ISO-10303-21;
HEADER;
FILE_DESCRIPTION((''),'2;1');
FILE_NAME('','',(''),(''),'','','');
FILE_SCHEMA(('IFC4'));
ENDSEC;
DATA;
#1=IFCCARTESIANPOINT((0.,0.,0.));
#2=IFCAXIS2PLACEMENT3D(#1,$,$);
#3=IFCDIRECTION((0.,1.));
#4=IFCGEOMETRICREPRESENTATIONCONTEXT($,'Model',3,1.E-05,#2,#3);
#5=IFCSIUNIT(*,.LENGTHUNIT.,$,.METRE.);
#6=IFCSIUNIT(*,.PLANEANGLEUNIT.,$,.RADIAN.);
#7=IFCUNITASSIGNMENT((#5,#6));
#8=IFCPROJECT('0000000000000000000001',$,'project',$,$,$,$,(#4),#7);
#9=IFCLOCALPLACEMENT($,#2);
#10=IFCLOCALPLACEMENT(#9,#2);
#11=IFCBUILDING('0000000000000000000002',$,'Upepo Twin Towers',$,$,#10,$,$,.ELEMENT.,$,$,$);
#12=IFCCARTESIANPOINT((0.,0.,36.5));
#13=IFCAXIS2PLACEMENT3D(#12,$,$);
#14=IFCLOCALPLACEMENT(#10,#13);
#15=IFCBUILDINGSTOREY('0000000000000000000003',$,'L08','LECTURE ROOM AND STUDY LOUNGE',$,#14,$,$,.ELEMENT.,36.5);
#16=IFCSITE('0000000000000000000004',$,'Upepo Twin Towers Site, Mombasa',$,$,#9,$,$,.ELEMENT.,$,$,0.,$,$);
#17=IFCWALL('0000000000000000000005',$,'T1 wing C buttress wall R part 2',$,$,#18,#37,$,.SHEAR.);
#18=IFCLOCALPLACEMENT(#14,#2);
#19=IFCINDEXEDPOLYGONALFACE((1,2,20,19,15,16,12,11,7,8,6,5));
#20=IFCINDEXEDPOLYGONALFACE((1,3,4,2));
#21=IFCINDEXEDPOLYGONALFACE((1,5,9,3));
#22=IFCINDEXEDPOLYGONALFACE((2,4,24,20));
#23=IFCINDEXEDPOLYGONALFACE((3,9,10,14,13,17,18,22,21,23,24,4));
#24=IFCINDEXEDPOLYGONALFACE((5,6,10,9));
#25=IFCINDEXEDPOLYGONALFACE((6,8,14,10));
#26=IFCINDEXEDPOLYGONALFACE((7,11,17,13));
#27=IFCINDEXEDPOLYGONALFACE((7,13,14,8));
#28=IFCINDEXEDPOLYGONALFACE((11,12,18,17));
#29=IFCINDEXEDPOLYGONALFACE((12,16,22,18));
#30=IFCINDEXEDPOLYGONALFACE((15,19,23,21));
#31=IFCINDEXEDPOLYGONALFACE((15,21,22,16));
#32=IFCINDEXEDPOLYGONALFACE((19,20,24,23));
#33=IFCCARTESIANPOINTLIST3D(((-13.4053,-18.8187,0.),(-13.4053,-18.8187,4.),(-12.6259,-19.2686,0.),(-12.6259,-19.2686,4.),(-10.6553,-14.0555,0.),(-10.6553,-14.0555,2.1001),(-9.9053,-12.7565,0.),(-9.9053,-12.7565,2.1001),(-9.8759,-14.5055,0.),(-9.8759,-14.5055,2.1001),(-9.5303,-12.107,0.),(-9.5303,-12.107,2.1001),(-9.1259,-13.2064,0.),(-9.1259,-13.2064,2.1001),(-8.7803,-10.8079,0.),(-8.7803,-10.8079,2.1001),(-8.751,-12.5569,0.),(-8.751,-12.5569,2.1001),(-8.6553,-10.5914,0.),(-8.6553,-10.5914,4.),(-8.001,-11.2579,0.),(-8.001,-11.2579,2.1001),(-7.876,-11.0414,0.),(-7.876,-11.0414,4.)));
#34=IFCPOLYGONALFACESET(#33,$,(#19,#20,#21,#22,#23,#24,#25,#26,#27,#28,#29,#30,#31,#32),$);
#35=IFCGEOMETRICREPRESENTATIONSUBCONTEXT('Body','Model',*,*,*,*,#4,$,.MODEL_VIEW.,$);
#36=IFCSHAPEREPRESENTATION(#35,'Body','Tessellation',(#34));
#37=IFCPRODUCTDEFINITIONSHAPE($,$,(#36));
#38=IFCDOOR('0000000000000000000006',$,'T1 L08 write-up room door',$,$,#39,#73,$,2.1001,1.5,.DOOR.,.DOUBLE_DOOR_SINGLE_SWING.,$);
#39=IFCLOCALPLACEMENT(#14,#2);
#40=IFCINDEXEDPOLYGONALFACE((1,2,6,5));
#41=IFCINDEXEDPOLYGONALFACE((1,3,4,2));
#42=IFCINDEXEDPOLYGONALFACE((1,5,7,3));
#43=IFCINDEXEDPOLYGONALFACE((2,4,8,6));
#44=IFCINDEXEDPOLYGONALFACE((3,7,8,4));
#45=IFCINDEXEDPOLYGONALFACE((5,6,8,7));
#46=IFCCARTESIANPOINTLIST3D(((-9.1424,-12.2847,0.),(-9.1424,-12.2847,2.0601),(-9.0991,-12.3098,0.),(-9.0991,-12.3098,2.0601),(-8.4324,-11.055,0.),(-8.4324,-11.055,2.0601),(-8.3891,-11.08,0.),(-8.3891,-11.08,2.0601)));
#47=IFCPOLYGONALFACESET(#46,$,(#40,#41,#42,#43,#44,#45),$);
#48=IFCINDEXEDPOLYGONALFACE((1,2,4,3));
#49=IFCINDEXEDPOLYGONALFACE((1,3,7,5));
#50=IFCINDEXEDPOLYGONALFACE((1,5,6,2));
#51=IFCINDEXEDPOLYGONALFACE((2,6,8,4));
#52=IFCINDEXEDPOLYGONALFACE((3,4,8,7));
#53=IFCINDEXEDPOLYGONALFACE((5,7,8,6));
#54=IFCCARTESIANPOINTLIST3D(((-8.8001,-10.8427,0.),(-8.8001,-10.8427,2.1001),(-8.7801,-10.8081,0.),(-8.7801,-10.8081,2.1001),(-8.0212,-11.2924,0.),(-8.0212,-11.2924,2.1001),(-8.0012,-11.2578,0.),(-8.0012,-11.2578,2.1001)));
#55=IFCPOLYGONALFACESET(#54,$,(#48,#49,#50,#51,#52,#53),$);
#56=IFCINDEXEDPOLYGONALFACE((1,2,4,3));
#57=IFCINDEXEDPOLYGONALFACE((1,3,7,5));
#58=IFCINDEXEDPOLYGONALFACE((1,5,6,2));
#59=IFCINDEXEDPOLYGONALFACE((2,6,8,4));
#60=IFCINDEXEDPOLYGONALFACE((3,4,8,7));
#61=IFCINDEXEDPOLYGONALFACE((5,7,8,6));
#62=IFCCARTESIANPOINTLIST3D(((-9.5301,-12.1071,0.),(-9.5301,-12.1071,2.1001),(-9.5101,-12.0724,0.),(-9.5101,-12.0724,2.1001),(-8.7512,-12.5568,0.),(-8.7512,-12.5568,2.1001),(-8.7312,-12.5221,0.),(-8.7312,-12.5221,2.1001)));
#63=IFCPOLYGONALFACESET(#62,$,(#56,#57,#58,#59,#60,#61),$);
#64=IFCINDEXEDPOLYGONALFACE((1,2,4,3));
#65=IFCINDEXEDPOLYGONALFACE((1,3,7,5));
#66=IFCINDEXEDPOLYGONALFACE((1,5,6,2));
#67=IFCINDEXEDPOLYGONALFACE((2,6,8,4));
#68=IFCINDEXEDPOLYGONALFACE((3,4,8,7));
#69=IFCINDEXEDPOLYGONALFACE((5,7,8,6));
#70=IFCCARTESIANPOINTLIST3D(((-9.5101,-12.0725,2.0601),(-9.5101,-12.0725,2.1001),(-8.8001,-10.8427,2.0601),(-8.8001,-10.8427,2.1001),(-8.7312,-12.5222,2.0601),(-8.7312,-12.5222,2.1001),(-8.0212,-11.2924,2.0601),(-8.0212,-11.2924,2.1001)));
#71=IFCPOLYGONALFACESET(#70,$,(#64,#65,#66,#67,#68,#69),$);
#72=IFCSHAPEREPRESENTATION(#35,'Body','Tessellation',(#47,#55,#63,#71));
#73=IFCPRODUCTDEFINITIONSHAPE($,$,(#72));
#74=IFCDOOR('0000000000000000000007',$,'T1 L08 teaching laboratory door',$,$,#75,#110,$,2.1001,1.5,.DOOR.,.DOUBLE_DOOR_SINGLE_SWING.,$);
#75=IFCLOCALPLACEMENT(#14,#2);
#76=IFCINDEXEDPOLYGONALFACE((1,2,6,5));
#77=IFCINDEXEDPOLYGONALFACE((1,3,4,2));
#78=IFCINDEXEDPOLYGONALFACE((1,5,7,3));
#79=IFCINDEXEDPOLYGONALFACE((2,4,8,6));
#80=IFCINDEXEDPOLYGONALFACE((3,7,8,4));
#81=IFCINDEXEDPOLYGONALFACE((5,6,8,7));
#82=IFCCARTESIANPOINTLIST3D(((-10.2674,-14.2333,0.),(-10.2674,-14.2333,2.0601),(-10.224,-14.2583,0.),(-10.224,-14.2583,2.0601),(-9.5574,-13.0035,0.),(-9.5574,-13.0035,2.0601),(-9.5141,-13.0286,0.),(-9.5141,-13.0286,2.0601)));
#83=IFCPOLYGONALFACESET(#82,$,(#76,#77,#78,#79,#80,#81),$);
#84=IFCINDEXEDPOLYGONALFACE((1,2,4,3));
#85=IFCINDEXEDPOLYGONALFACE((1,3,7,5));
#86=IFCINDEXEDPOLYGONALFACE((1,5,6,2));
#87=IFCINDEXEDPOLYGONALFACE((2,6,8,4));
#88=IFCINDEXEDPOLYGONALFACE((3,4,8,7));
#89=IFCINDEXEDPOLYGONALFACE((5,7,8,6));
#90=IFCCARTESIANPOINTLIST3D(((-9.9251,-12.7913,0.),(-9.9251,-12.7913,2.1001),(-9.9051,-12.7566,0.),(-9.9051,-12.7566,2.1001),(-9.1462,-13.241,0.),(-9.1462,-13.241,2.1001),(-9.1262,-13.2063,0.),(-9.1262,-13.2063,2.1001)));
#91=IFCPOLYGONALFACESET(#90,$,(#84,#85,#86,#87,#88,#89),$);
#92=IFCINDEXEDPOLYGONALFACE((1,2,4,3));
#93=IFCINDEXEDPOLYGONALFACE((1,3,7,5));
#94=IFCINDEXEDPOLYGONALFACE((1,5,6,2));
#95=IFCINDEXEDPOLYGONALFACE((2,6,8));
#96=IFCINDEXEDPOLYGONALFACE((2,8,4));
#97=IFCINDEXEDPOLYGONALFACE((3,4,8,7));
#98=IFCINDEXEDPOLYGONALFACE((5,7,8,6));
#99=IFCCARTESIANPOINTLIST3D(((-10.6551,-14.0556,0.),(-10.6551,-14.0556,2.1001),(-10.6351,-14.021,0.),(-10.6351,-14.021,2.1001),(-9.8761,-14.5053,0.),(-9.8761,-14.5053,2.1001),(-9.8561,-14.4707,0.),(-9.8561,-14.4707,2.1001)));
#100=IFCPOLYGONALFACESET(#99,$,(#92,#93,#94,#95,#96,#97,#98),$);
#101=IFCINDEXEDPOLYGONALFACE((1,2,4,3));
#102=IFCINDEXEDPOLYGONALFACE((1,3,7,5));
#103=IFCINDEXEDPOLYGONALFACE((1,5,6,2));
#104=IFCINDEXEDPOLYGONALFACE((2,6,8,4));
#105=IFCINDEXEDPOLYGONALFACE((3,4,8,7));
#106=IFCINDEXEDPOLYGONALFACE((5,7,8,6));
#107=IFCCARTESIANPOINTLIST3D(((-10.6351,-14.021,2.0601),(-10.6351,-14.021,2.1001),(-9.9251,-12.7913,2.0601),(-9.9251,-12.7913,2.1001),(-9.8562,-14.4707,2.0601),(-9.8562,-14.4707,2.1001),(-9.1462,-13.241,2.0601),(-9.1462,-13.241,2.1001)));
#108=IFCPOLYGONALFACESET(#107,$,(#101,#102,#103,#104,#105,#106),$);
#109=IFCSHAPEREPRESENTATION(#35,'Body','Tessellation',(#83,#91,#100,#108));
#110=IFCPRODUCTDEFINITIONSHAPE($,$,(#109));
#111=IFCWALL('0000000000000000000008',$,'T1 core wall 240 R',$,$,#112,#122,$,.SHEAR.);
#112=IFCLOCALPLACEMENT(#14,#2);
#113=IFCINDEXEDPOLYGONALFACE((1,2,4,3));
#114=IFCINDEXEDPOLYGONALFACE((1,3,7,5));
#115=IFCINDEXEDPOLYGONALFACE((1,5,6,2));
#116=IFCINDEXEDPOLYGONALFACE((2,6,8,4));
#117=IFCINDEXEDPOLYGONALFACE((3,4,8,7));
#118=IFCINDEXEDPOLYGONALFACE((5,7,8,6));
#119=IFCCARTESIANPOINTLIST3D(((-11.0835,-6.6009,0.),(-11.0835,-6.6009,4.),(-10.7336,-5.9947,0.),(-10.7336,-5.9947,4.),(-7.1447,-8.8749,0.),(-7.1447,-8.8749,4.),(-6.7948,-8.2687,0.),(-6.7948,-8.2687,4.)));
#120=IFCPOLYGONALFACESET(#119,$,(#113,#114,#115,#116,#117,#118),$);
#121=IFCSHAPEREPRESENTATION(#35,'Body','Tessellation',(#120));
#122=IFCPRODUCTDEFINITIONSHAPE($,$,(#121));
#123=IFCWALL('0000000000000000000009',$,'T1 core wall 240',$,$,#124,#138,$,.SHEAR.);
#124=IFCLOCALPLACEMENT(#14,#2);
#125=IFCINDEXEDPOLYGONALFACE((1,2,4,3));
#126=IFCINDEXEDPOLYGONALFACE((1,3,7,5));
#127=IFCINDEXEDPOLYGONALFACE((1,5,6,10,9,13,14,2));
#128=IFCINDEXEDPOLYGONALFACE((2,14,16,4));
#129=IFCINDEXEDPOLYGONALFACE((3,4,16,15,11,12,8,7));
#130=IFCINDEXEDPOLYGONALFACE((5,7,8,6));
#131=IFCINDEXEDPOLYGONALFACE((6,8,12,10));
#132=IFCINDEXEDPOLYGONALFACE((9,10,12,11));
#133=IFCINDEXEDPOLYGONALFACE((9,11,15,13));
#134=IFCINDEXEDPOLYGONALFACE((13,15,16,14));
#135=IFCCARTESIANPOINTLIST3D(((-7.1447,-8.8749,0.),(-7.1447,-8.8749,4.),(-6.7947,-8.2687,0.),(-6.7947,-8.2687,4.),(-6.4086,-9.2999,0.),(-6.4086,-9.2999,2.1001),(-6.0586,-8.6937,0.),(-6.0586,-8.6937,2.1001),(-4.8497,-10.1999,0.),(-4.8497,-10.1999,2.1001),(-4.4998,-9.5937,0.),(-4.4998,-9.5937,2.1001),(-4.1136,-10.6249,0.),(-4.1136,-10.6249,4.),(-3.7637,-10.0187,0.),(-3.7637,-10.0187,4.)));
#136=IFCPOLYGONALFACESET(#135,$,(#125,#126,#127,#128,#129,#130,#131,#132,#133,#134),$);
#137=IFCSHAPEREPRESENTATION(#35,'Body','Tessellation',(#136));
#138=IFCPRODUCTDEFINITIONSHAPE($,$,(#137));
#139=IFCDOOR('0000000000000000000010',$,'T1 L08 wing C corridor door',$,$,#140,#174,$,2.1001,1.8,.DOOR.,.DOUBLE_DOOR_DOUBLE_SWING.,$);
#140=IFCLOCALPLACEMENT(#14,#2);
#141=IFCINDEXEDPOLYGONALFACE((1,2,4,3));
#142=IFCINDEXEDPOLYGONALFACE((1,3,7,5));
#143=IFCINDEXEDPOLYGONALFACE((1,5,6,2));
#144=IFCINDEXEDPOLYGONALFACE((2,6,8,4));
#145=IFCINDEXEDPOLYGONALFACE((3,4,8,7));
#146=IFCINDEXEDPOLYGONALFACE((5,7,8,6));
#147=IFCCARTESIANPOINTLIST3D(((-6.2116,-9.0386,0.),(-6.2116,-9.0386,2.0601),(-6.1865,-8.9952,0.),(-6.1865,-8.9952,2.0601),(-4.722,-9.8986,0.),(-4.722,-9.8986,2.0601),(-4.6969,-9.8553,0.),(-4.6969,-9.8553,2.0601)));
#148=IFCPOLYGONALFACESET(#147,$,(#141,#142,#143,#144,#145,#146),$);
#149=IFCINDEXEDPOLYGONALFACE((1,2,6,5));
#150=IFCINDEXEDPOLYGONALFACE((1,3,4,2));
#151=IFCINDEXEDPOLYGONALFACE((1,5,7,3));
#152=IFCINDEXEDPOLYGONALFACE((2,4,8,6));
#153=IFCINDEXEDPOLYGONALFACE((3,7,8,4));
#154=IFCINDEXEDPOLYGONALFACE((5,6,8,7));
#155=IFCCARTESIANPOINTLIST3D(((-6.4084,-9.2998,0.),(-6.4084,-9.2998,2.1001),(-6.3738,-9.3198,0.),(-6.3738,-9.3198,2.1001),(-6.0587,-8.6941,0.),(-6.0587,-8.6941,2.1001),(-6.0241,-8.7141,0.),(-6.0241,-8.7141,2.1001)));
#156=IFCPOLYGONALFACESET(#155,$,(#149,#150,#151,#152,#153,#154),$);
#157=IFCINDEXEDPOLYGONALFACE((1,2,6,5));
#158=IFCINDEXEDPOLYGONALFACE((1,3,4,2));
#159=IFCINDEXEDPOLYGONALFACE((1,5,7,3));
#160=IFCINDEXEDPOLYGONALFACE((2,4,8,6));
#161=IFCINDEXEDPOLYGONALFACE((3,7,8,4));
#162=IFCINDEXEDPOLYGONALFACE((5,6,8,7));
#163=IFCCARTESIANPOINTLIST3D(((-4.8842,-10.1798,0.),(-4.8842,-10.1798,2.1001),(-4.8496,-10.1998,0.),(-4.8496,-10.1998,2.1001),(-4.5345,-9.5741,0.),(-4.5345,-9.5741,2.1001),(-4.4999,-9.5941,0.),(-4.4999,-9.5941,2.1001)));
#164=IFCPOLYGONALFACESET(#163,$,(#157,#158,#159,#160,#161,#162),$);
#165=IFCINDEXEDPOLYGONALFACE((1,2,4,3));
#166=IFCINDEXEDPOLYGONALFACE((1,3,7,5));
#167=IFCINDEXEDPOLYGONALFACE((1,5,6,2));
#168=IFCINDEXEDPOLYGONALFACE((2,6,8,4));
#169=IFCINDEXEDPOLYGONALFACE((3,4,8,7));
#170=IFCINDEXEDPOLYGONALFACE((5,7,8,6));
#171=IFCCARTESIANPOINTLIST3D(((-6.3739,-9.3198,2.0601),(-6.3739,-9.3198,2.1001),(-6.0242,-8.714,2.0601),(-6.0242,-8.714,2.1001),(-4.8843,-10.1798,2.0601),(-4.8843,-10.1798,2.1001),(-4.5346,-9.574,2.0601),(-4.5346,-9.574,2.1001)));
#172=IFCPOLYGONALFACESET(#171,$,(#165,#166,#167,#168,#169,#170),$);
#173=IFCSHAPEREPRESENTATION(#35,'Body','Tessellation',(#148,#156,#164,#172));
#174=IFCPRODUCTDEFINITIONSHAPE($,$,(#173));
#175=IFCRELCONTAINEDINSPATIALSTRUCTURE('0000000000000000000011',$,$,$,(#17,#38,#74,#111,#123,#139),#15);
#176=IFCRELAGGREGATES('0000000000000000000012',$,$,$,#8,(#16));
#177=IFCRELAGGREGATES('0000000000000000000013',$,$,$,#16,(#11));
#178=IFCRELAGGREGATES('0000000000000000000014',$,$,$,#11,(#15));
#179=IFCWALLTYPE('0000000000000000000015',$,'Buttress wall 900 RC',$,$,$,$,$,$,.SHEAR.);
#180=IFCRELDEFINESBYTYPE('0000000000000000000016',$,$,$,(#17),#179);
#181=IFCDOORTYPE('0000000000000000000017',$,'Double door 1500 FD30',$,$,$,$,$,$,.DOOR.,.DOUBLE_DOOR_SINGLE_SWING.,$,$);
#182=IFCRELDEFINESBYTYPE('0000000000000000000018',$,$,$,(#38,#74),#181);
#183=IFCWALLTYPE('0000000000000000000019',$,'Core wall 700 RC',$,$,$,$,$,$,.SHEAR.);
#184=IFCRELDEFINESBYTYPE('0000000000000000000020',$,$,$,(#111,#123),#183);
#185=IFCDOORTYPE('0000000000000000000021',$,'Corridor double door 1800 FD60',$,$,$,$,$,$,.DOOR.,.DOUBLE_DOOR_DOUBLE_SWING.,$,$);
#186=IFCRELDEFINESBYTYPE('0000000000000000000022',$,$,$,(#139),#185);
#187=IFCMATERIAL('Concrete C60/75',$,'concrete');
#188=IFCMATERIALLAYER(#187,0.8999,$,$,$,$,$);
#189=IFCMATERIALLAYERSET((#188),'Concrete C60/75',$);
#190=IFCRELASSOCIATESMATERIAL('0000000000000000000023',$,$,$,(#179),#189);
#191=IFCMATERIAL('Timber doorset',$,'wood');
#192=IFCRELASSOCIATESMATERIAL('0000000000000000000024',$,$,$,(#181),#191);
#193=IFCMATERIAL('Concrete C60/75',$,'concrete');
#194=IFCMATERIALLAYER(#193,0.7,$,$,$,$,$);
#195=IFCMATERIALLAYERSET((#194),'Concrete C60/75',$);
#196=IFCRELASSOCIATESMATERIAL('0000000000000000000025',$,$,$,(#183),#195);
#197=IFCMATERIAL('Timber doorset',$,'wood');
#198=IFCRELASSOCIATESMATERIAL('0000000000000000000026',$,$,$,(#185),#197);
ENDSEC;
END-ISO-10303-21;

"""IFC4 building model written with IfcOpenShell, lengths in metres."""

from ifc_helpers import new_model, si_unit, direction, frame, frame_2d, origin, place, context, subcontext, project, spatial, rectangle, extrude, material, layer, layer_set, type_object, element, fill, save


model = new_model("IFC4")

# Units and contexts
model_context = context("Model", 3, precision=1e-05, world=origin(), true_north=direction((0.0, 1.0)))
body_context = subcontext(model_context, "Body", "Model", "MODEL_VIEW")
ifc_project = project(units=[si_unit("LENGTHUNIT", "METRE"), si_unit("PLANEANGLEUNIT", "RADIAN")], contexts=[model_context])

# Site, building, storey
site_placement = place(None, origin())
site = spatial("IfcSite", under=ifc_project, at=site_placement, Name="Upepo Twin Towers Site, Mombasa", CompositionType="ELEMENT", RefElevation=0.0)
building_placement = place(site_placement, origin())
building = spatial("IfcBuilding", under=site, at=building_placement, Name="Upepo Twin Towers", CompositionType="ELEMENT")
storey_placement = place(building_placement, frame((0.0, 0.0, 36.5)))
storey = spatial("IfcBuildingStorey", under=building, at=storey_placement, Name="L08", Description="LECTURE ROOM AND STUDY LOUNGE", CompositionType="ELEMENT", Elevation=36.5)

# Wall, openings, doors
ifc_material_1 = material(Name="Concrete C60/75", Category="concrete")
ifc_layer_1 = layer(ifc_material_1, 0.8999)
ifc_layer_set_1 = layer_set([ifc_layer_1], Name="Concrete C60/75")
wall_type_1 = type_object("IfcWallType", Name="Buttress wall 900 RC", PredefinedType="SHEAR", material=ifc_layer_set_1)
wall_1_placement = place(storey_placement, frame((-8.2656, -10.8164, 0.0), z_axis=(0.0, 0.0, 1.0), x_axis=(-0.499998, -0.866027, 0.0)))
wall_1 = element("IfcWall", 1, at=wall_1_placement, inside=storey, type_object=wall_type_1, Name="T1 wing C buttress wall R part 2", PredefinedType="SHEAR", context=body_context, shape_type="SweptSolid", body=[
    extrude(rectangle(XDim=9.5, YDim=0.8999, at=frame_2d((4.75, 0.0))), origin(), (0.0, 0.0, 1.0), 4.0),
])
opening_1_placement = place(wall_1_placement, frame((0.25, 0.0, 0.0)))
opening_1 = element("IfcOpeningElement", 2, at=opening_1_placement, cuts=wall_1, PredefinedType="OPENING", context=body_context, shape_type="SweptSolid", body=[
    extrude(rectangle(XDim=1.5, YDim=2.1001, at=frame_2d((0.75, 1.05))), frame((0.0, 0.46, 0.0), z_axis=(0.0, -1.0, 0.0), x_axis=(1.0, 0.0, 0.0)), (0.0, 0.0, 1.0), 0.9199),
])
opening_2_placement = place(wall_1_placement, frame((2.5, 0.0, 0.0)))
opening_2 = element("IfcOpeningElement", 3, at=opening_2_placement, cuts=wall_1, PredefinedType="OPENING", context=body_context, shape_type="SweptSolid", body=[
    extrude(rectangle(XDim=1.5, YDim=2.1001, at=frame_2d((0.75, 1.05))), frame((0.0, 0.46, 0.0), z_axis=(0.0, -1.0, 0.0), x_axis=(1.0, 0.0, 0.0)), (0.0, 0.0, 1.0), 0.9199),
])
ifc_material_2 = material(Name="Timber doorset", Category="wood")
door_type_1 = type_object("IfcDoorType", Name="Double door 1500 FD30", OperationType="DOUBLE_DOOR_SINGLE_SWING", PredefinedType="DOOR", material=ifc_material_2)
door_1_placement = place(opening_1_placement, origin())
door_1 = element("IfcDoor", 4, at=door_1_placement, inside=storey, type_object=door_type_1, Name="T1 L08 write-up room door", OperationType="DOUBLE_DOOR_SINGLE_SWING", OverallHeight=2.1001, OverallWidth=1.5, PredefinedType="DOOR", context=body_context, shape_type="SweptSolid", body=[
    extrude(rectangle(XDim=1.42, YDim=2.0601, at=frame_2d((0.75, 1.03))), frame((0.0, 0.0249, 0.0), z_axis=(0.0, -1.0, 0.0), x_axis=(1.0, 0.0, 0.0)), (0.0, 0.0, 1.0), 0.05),
    extrude(rectangle(XDim=0.04, YDim=2.1001, at=frame_2d((0.02, 1.05))), frame((0.0, 0.4497, 0.0), z_axis=(0.0, -1.0, 0.0), x_axis=(1.0, 0.0, 0.0)), (0.0, 0.0, 1.0), 0.8994),
    extrude(rectangle(XDim=0.04, YDim=2.1001, at=frame_2d((1.48, 1.05))), frame((0.0, 0.4497, 0.0), z_axis=(0.0, -1.0, 0.0), x_axis=(1.0, 0.0, 0.0)), (0.0, 0.0, 1.0), 0.8994),
    extrude(rectangle(XDim=1.42, YDim=0.04, at=frame_2d((0.75, 2.0801))), frame((0.0, 0.4497, 0.0), z_axis=(0.0, -1.0, 0.0), x_axis=(1.0, 0.0, 0.0)), (0.0, 0.0, 1.0), 0.8994),
])
fill(opening_1, door_1)
door_2_placement = place(opening_2_placement, origin())
door_2 = element("IfcDoor", 5, at=door_2_placement, inside=storey, type_object=door_type_1, Name="T1 L08 teaching laboratory door", OperationType="DOUBLE_DOOR_SINGLE_SWING", OverallHeight=2.1001, OverallWidth=1.5, PredefinedType="DOOR", context=body_context, shape_type="SweptSolid", body=[
    extrude(rectangle(XDim=1.42, YDim=2.0601, at=frame_2d((0.75, 1.03))), frame((0.0, 0.0249, 0.0), z_axis=(0.0, -1.0, 0.0), x_axis=(1.0, 0.0, 0.0)), (0.0, 0.0, 1.0), 0.05),
    extrude(rectangle(XDim=0.04, YDim=2.1001, at=frame_2d((0.02, 1.05))), frame((0.0, 0.4497, 0.0), z_axis=(0.0, -1.0, 0.0), x_axis=(1.0, 0.0, 0.0)), (0.0, 0.0, 1.0), 0.8994),
    extrude(rectangle(XDim=0.04, YDim=2.1001, at=frame_2d((1.48, 1.05))), frame((0.0, 0.4497, 0.0), z_axis=(0.0, -1.0, 0.0), x_axis=(1.0, 0.0, 0.0)), (0.0, 0.0, 1.0), 0.8994),
    extrude(rectangle(XDim=1.42, YDim=0.04, at=frame_2d((0.75, 2.0801))), frame((0.0, 0.4497, 0.0), z_axis=(0.0, -1.0, 0.0), x_axis=(1.0, 0.0, 0.0)), (0.0, 0.0, 1.0), 0.8994),
])
fill(opening_2, door_2)

# Wall
ifc_material_3 = material(Name="Concrete C60/75", Category="concrete")
ifc_layer_2 = layer(ifc_material_3, 0.7)
ifc_layer_set_2 = layer_set([ifc_layer_2], Name="Concrete C60/75")
wall_type_2 = type_object("IfcWallType", Name="Core wall 700 RC", PredefinedType="SHEAR", material=ifc_layer_set_2)
wall_2_placement = place(storey_placement, frame((-10.9084, -6.2979, 0.0), z_axis=(0.0, 0.0, 1.0), x_axis=(0.866035, -0.499984, 0.0)))
element("IfcWall", 6, at=wall_2_placement, inside=storey, type_object=wall_type_2, Name="T1 core wall 240 R", PredefinedType="SHEAR", context=body_context, shape_type="SweptSolid", body=[
    extrude(rectangle(XDim=4.5481, YDim=0.7, at=frame_2d((2.2739, 0.0))), origin(), (0.0, 0.0, 1.0), 4.0),
])

# Wall, opening, door
wall_3_placement = place(storey_placement, frame((-6.9697, -8.5718, 0.0), z_axis=(0.0, 0.0, 1.0), x_axis=(0.866019, -0.50001, 0.0)))
wall_3 = element("IfcWall", 7, at=wall_3_placement, inside=storey, type_object=wall_type_2, Name="T1 core wall 240", PredefinedType="SHEAR", context=body_context, shape_type="SweptSolid", body=[
    extrude(rectangle(XDim=3.5, YDim=0.7, at=frame_2d((1.75, 0.0))), origin(), (0.0, 0.0, 1.0), 4.0),
])
opening_3_placement = place(wall_3_placement, frame((0.8501, 0.0, 0.0)))
opening_3 = element("IfcOpeningElement", 8, at=opening_3_placement, cuts=wall_3, PredefinedType="OPENING", context=body_context, shape_type="SweptSolid", body=[
    extrude(rectangle(XDim=1.8, YDim=2.1001, at=frame_2d((0.8999, 1.05))), frame((0.0, 0.3599, 0.0), z_axis=(0.0, -1.0, 0.0), x_axis=(1.0, 0.0, 0.0)), (0.0, 0.0, 1.0), 0.72),
])
ifc_material_4 = material(Name="Timber doorset", Category="wood")
door_type_2 = type_object("IfcDoorType", Name="Corridor double door 1800 FD60", OperationType="DOUBLE_DOOR_DOUBLE_SWING", PredefinedType="DOOR", material=ifc_material_4)
door_3_placement = place(opening_3_placement, origin())
door_3 = element("IfcDoor", 9, at=door_3_placement, inside=storey, type_object=door_type_2, Name="T1 L08 wing C corridor door", OperationType="DOUBLE_DOOR_DOUBLE_SWING", OverallHeight=2.1001, OverallWidth=1.8, PredefinedType="DOOR", context=body_context, shape_type="SweptSolid", body=[
    extrude(rectangle(XDim=1.72, YDim=2.0601, at=frame_2d((0.8999, 1.03))), frame((0.0, 0.0249, 0.0), z_axis=(0.0, -1.0, 0.0), x_axis=(1.0, 0.0, 0.0)), (0.0, 0.0, 1.0), 0.05),
    extrude(rectangle(XDim=0.04, YDim=2.1001, at=frame_2d((0.02, 1.05))), frame((0.0, 0.3496, 0.0), z_axis=(0.0, -1.0, 0.0), x_axis=(1.0, 0.0, 0.0)), (0.0, 0.0, 1.0), 0.6995),
    extrude(rectangle(XDim=0.04, YDim=2.1001, at=frame_2d((1.78, 1.05))), frame((0.0, 0.3496, 0.0), z_axis=(0.0, -1.0, 0.0), x_axis=(1.0, 0.0, 0.0)), (0.0, 0.0, 1.0), 0.6995),
    extrude(rectangle(XDim=1.72, YDim=0.04, at=frame_2d((0.8999, 2.0801))), frame((0.0, 0.3496, 0.0), z_axis=(0.0, -1.0, 0.0), x_axis=(1.0, 0.0, 0.0)), (0.0, 0.0, 1.0), 0.6995),
])
fill(opening_3, door_3)

save(model, "model.ifc")
